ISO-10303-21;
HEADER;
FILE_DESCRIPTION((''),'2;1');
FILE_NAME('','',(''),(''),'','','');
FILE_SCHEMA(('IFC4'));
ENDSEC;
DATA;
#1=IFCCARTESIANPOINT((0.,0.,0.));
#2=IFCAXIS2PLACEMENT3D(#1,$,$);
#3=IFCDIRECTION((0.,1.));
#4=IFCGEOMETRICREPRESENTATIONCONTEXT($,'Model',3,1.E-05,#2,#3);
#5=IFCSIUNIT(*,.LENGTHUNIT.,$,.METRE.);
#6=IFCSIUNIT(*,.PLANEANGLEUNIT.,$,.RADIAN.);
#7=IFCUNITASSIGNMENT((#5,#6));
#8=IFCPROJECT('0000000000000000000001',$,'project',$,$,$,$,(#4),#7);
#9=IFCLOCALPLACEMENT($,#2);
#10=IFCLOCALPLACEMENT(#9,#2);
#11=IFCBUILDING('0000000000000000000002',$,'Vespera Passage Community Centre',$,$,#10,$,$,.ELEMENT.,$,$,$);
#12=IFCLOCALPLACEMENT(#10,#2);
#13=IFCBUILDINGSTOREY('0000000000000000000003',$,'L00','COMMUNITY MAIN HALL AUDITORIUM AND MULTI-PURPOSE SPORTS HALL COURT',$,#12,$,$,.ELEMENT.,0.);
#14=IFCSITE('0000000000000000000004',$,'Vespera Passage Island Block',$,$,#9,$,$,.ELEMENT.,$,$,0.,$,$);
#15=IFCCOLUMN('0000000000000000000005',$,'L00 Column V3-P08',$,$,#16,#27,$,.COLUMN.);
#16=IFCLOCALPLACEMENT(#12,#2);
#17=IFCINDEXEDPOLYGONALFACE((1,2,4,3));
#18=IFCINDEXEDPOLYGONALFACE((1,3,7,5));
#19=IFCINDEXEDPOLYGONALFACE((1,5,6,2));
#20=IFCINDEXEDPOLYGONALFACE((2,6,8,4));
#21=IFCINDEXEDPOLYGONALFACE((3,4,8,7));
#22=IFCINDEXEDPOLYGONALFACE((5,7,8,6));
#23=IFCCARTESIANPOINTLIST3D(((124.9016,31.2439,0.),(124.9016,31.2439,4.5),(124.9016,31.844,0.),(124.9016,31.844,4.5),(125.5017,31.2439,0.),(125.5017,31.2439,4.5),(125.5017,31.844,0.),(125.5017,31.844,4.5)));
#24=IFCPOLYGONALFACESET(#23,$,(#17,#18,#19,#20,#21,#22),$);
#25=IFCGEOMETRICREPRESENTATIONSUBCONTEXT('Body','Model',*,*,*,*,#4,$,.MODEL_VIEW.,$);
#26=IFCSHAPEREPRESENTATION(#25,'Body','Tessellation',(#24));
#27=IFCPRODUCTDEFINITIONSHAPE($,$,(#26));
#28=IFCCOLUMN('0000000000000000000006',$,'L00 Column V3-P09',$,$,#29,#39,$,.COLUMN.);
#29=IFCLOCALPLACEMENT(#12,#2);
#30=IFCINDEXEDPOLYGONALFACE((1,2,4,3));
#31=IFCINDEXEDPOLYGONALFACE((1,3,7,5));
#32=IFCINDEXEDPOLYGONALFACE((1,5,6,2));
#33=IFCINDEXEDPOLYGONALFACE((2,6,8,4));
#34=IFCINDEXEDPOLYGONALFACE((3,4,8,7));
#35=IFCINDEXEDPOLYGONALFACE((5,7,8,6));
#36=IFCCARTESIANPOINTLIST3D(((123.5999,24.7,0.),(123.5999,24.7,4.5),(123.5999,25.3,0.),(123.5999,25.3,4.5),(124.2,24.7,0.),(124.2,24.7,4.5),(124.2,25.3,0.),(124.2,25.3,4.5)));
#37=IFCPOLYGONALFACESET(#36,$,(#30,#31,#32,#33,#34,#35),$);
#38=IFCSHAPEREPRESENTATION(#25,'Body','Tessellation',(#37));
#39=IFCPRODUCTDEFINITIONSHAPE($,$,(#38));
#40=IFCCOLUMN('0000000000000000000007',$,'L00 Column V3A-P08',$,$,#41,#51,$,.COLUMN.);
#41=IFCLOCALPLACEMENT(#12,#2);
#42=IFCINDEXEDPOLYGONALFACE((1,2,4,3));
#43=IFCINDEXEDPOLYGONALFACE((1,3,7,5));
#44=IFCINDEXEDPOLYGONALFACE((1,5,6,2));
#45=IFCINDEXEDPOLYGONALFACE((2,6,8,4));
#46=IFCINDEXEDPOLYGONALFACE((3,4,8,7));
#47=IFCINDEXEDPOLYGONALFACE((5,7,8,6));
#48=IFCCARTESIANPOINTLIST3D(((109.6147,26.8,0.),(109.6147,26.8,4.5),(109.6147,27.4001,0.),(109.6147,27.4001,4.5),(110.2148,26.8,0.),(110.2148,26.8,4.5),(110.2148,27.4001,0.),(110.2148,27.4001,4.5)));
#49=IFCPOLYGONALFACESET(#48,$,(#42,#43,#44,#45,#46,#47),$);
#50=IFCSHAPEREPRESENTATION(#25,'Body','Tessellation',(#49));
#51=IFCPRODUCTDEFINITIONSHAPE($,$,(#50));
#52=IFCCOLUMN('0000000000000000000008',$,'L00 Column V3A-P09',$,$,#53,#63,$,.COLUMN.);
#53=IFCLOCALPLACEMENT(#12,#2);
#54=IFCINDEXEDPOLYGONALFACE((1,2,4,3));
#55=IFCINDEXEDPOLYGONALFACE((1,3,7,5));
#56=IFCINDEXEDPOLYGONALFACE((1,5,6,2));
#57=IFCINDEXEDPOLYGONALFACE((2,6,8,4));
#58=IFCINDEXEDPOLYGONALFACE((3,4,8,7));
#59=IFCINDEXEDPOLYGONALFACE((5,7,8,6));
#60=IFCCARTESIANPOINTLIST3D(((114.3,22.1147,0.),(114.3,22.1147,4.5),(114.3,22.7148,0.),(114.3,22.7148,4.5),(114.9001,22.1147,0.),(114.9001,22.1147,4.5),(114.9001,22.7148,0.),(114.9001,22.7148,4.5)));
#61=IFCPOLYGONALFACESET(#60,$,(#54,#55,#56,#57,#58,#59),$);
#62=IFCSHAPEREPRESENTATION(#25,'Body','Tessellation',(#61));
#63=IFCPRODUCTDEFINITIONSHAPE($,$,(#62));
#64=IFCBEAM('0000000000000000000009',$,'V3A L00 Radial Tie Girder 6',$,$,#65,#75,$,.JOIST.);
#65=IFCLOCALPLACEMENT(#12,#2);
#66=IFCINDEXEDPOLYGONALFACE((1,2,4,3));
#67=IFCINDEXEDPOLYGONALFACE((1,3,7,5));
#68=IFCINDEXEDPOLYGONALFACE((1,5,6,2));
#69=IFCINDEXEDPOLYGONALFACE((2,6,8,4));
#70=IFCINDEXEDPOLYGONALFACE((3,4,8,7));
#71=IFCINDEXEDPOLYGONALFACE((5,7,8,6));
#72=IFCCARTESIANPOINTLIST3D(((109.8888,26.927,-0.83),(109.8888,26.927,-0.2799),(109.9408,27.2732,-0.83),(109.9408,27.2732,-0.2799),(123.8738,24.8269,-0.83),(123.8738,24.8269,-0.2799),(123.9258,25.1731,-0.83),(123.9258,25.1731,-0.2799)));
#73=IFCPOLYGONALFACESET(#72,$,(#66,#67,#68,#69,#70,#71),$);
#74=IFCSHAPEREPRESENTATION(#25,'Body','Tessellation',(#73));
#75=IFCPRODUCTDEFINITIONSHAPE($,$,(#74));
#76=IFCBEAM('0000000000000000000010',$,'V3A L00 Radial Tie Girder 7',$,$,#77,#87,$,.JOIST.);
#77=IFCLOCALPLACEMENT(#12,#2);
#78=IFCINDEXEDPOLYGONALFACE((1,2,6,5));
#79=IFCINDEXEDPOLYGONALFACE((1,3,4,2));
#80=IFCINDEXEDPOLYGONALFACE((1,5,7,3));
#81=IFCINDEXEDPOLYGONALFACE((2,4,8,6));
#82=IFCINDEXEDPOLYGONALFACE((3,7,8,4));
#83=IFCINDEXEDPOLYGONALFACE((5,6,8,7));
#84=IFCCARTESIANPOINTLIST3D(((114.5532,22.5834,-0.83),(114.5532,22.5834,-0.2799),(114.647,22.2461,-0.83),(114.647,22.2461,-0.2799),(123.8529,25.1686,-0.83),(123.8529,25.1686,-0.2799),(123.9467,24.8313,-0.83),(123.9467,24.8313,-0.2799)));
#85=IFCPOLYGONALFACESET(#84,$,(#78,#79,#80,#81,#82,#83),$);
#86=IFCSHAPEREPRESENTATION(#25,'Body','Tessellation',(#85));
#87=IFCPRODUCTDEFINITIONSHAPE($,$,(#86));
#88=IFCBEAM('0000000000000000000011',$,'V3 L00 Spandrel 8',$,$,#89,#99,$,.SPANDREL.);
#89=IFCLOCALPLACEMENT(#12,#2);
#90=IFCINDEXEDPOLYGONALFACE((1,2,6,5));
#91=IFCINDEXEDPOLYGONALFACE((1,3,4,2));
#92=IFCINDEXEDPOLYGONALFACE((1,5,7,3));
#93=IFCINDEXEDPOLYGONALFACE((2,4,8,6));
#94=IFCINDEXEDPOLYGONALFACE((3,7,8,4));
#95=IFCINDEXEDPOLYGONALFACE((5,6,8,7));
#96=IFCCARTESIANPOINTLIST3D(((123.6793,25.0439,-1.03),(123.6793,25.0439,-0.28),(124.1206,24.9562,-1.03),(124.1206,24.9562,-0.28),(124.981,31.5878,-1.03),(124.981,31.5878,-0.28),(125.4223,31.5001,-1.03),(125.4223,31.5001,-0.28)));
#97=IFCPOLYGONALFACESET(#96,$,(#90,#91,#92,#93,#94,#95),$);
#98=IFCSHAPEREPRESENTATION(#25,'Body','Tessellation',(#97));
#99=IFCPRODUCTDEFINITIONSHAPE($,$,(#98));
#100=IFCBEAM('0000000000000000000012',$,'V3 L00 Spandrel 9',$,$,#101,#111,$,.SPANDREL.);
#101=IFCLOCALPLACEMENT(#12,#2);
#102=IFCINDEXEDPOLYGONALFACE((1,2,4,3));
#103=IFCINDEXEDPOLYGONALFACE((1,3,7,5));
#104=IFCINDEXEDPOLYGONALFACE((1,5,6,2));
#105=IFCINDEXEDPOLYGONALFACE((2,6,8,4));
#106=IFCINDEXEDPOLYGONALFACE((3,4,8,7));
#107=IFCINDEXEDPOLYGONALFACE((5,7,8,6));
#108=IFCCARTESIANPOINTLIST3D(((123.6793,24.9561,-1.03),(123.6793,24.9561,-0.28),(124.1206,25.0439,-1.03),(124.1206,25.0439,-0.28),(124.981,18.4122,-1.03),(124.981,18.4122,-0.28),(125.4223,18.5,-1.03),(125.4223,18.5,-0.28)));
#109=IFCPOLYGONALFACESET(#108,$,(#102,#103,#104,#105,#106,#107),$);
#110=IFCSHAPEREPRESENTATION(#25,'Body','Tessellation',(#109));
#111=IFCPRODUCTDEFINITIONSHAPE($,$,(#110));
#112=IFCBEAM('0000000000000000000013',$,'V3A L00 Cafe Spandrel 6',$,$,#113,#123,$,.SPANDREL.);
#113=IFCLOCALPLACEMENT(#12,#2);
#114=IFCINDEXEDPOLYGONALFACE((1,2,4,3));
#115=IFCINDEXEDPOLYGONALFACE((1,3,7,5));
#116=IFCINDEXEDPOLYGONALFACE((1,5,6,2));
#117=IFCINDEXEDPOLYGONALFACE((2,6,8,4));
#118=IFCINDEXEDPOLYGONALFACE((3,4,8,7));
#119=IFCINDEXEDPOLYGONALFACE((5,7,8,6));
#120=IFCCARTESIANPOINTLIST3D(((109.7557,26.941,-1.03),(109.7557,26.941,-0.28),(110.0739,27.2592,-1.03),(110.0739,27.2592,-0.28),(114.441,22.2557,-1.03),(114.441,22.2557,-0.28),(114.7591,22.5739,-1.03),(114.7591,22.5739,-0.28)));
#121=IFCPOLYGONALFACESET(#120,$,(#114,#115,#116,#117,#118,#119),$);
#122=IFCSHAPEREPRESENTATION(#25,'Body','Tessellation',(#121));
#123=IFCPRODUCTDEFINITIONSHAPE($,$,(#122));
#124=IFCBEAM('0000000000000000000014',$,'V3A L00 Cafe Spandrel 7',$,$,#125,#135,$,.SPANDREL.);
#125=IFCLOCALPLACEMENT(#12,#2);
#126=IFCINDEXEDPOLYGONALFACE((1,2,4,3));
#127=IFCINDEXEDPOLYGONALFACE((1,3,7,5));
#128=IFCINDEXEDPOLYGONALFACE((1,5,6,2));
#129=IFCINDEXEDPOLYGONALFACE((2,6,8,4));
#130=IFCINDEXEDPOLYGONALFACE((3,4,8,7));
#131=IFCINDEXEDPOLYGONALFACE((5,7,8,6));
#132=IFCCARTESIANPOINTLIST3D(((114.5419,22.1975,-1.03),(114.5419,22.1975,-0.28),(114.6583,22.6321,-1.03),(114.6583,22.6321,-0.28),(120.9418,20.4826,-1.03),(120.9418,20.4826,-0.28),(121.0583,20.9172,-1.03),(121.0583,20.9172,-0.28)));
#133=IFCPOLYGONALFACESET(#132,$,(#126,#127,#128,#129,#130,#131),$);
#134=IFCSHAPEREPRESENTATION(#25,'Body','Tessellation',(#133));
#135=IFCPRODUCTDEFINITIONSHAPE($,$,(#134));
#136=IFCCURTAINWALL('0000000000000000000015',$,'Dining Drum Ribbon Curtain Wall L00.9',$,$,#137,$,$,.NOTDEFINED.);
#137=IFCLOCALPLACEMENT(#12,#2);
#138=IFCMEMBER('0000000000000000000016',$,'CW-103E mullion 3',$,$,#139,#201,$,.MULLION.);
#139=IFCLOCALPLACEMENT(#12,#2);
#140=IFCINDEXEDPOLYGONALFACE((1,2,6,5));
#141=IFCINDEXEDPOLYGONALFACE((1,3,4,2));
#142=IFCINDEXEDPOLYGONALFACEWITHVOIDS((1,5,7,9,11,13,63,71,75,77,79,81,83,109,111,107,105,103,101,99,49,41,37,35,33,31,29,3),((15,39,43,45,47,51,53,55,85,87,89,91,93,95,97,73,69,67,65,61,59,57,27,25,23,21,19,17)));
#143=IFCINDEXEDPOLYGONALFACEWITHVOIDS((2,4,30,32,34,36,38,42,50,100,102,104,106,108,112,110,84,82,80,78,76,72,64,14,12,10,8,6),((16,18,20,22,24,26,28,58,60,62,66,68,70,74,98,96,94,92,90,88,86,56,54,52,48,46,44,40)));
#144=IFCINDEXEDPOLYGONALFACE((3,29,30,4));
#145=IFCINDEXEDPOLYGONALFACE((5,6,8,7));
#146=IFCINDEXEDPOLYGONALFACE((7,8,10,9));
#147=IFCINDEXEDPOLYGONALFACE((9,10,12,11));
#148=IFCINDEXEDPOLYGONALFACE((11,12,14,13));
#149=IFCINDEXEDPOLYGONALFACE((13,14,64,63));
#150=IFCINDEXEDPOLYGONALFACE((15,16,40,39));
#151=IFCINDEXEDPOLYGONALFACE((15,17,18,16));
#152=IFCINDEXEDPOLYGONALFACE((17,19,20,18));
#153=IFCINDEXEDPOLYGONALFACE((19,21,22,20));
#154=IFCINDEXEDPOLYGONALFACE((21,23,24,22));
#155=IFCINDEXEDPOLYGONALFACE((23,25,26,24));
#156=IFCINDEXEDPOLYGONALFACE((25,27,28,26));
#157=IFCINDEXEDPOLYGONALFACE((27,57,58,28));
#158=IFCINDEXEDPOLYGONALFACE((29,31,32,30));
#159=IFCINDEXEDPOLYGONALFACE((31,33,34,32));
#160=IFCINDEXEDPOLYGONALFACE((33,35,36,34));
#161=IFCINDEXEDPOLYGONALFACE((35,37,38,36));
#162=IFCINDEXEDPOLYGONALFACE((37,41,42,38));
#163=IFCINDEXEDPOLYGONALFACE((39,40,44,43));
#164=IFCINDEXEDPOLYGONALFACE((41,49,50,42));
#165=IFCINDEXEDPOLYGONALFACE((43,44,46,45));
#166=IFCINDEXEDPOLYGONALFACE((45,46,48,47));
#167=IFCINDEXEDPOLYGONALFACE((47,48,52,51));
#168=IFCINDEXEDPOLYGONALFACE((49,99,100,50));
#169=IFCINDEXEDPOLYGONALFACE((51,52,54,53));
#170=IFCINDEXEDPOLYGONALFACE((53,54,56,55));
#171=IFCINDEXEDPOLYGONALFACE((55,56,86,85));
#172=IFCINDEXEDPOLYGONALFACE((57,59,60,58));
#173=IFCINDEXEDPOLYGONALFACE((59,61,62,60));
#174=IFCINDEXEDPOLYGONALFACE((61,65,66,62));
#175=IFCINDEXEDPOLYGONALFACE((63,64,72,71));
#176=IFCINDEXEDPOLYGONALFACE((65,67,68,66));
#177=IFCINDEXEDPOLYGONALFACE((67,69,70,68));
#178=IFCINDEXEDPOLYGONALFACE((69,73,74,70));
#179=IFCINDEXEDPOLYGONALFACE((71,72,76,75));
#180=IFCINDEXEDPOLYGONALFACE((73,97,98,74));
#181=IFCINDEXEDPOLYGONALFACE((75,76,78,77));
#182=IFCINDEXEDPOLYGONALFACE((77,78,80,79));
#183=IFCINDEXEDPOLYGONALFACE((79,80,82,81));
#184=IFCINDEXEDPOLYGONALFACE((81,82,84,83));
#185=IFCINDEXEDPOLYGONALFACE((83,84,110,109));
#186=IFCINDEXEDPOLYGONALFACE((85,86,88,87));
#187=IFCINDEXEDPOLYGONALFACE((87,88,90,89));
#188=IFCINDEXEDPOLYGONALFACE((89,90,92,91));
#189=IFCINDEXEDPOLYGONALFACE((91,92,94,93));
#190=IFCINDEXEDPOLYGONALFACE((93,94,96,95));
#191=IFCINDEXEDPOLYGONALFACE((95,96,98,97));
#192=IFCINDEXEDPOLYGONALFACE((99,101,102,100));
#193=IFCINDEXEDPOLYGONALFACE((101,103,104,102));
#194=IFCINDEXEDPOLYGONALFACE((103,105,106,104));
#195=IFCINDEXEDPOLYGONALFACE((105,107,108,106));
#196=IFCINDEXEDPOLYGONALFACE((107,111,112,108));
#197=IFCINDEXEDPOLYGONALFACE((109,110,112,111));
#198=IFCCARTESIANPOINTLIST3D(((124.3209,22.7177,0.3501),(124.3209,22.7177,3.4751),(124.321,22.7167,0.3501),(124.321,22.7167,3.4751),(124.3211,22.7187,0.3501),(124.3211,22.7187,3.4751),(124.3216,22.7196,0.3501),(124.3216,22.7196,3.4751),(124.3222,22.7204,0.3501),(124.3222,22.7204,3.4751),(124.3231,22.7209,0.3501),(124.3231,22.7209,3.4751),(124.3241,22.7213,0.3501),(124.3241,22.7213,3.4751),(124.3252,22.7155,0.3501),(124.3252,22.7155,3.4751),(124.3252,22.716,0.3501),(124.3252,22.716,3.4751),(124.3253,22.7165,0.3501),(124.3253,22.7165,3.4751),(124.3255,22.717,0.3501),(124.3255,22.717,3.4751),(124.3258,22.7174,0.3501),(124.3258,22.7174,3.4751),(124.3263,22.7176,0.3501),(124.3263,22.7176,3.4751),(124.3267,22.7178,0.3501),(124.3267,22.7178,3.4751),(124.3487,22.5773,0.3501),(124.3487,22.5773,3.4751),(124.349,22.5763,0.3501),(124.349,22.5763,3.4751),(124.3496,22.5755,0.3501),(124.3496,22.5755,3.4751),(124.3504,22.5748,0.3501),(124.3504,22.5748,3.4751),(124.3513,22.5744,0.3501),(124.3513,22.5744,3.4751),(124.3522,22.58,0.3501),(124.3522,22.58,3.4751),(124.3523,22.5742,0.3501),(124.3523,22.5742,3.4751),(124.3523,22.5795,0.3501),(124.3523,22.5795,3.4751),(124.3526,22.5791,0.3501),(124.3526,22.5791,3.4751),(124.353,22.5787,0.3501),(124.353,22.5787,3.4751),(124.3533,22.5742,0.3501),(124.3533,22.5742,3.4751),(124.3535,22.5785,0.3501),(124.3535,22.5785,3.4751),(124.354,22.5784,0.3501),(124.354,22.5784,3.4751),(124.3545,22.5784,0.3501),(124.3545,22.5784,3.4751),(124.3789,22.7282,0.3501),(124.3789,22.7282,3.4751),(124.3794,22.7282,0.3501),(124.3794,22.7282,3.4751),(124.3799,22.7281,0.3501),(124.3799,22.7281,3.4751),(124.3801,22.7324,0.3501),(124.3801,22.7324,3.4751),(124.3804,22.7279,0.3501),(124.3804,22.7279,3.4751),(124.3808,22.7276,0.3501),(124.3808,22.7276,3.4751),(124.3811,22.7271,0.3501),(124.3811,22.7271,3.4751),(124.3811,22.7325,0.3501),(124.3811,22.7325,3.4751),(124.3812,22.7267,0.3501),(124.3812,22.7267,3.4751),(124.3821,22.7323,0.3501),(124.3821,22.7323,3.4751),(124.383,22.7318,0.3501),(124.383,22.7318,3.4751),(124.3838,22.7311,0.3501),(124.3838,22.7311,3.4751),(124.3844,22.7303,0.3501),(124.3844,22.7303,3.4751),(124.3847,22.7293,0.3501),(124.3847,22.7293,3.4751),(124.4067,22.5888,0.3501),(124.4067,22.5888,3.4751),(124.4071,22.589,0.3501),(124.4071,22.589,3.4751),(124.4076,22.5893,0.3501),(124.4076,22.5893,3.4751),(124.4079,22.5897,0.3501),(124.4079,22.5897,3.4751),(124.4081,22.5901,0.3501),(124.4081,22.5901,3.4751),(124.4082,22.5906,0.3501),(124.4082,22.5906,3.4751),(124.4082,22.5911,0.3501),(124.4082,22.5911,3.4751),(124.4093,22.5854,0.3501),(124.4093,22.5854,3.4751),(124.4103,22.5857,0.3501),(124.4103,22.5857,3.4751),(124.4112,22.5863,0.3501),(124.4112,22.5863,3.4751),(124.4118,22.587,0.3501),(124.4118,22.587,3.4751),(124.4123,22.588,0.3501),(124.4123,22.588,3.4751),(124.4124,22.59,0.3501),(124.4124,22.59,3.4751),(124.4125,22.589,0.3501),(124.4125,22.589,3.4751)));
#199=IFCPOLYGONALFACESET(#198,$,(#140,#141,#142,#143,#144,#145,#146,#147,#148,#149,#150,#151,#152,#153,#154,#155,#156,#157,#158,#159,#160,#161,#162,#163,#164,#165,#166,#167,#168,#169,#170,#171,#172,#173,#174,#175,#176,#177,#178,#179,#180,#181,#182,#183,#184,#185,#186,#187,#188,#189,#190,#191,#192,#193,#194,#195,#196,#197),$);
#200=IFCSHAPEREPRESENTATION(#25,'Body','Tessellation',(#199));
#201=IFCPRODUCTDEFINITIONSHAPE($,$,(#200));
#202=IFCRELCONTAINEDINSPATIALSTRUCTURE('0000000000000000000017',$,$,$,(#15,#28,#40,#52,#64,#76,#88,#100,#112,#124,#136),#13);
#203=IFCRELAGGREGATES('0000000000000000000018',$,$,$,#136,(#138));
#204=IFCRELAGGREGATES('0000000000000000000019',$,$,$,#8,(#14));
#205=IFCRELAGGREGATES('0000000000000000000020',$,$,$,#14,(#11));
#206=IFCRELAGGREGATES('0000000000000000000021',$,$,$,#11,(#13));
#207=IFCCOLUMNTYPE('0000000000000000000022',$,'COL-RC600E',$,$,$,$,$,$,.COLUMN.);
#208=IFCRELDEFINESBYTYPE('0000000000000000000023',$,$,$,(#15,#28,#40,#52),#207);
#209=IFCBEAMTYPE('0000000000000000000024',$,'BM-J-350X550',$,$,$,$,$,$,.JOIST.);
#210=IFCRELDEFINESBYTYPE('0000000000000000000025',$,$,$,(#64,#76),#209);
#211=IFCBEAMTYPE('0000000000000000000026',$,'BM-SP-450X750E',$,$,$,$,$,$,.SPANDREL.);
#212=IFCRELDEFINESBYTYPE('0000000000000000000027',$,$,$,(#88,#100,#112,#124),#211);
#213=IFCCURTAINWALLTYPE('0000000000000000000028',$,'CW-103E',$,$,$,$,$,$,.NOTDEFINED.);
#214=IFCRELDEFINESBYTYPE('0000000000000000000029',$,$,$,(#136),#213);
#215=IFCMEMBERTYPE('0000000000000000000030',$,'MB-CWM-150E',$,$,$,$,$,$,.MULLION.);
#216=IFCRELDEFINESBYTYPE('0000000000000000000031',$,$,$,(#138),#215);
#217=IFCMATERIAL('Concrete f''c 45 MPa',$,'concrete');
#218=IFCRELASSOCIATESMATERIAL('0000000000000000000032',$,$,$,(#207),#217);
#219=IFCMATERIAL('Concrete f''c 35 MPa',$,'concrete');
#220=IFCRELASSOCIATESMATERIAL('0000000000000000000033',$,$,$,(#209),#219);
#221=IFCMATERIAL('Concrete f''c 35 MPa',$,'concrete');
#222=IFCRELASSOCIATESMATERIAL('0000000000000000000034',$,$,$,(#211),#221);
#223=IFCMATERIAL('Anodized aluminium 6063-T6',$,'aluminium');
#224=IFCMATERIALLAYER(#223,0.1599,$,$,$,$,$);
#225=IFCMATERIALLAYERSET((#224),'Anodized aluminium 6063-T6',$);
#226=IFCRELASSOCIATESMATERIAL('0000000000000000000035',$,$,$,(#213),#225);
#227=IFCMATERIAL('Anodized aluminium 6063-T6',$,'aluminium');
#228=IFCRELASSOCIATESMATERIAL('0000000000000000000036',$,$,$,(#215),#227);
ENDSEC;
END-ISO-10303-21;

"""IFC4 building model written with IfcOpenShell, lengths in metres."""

from ifc_helpers import new_model, si_unit, direction, frame, origin, origin_2d, place, context, subcontext, project, spatial, rectangle, hollow_rectangle, extrude, material, layer, layer_set, material_profile, profile_set, type_object, element, aggregate, save


model = new_model("IFC4")

# Units and contexts
model_context = context("Model", 3, precision=1e-05, world=origin(), true_north=direction((0.0, 1.0)))
body_context = subcontext(model_context, "Body", "Model", "MODEL_VIEW")
ifc_project = project(units=[si_unit("LENGTHUNIT", "METRE"), si_unit("PLANEANGLEUNIT", "RADIAN")], contexts=[model_context])

# Site, building, storey
site_placement = place(None, origin())
site = spatial("IfcSite", under=ifc_project, at=site_placement, Name="Vespera Passage Island Block", CompositionType="ELEMENT", RefElevation=0.0)
building_placement = place(site_placement, origin())
building = spatial("IfcBuilding", under=site, at=building_placement, Name="Vespera Passage Community Centre", CompositionType="ELEMENT")
storey_placement = place(building_placement, origin())
storey = spatial("IfcBuildingStorey", under=building, at=storey_placement, Name="L00", Description="COMMUNITY MAIN HALL AUDITORIUM AND MULTI-PURPOSE SPORTS HALL COURT", CompositionType="ELEMENT", Elevation=0.0)

# Columns
ifc_material_1 = material(Name="Concrete f'c 45 MPa", Category="concrete")
ifc_material_profile_1 = material_profile(ifc_material_1, rectangle(XDim=0.6001, YDim=0.6001, at=origin_2d()), Name="RC600X600")
ifc_profile_set_1 = profile_set([ifc_material_profile_1], Name="Concrete f'c 45 MPa")
column_type = type_object("IfcColumnType", Name="COL-RC600E", PredefinedType="COLUMN", material=ifc_profile_set_1)
for number, where, z_axis, x_axis, name in (
    (1, (125.2017, 31.5439, 0.0), (0.0, 0.0, 1.0), (1.0, 0.0, 0.0), "L00 Column V3-P08"),
    (2, (123.8999, 25.0, 0.0), (0.0, 0.0, 1.0), (1.0, 0.0, 0.0), "L00 Column V3-P09"),
    (3, (109.9148, 27.1001, 0.0), (0.0, 0.0, 1.0), (1.0, 0.0, 0.0), "L00 Column V3A-P08"),
    (4, (114.6001, 22.4148, 0.0), (0.0, 0.0, 1.0), (1.0, 0.0, 0.0), "L00 Column V3A-P09"),
):
    element("IfcColumn", number, at=place(storey_placement, frame(where, z_axis=z_axis, x_axis=x_axis)), inside=storey, type_object=column_type, Name=name, PredefinedType="COLUMN", context=body_context, shape_type="SweptSolid", body=[
        extrude(rectangle(XDim=0.6001, YDim=0.6001, at=origin_2d()), origin(), (0.0, 0.0, 1.0), 4.5),
    ])

# Beams
ifc_material_2 = material(Name="Concrete f'c 35 MPa", Category="concrete")
ifc_material_profile_2 = material_profile(ifc_material_2, rectangle(XDim=0.3501, YDim=0.55, at=origin_2d()), Name="RC350X550")
ifc_profile_set_2 = profile_set([ifc_material_profile_2], Name="Concrete f'c 35 MPa")
beam_type_1 = type_object("IfcBeamType", Name="BM-J-350X550", PredefinedType="JOIST", material=ifc_profile_set_2)
beam_1_placement = place(storey_placement, frame((109.9148, 27.1001, -0.5549), z_axis=(0.988912, -0.148502, 0.0), x_axis=(0.148502, 0.988912, 0.0)))
element("IfcBeam", 5, at=beam_1_placement, inside=storey, type_object=beam_type_1, Name="V3A L00 Radial Tie Girder 6", PredefinedType="JOIST", context=body_context, shape_type="SweptSolid", body=[
    extrude(rectangle(XDim=0.3501, YDim=0.55, at=origin_2d()), origin(), (0.0, 0.0, 1.0), 14.1418),
])
beam_2_placement = place(storey_placement, frame((114.6001, 22.4148, -0.5549), z_axis=(0.963466, 0.267829, 0.0), x_axis=(-0.267829, 0.963466, 0.0)))
element("IfcBeam", 6, at=beam_2_placement, inside=storey, type_object=beam_type_1, Name="V3A L00 Radial Tie Girder 7", PredefinedType="JOIST", context=body_context, shape_type="SweptSolid", body=[
    extrude(rectangle(XDim=0.3501, YDim=0.55, at=origin_2d()), origin(), (0.0, 0.0, 1.0), 9.6523),
])
ifc_material_3 = material(Name="Concrete f'c 35 MPa", Category="concrete")
ifc_material_profile_3 = material_profile(ifc_material_3, rectangle(XDim=0.45, YDim=0.75, at=origin_2d()), Name="RC450X750")
ifc_profile_set_3 = profile_set([ifc_material_profile_3], Name="Concrete f'c 35 MPa")
beam_type_2 = type_object("IfcBeamType", Name="BM-SP-450X750E", PredefinedType="SPANDREL", material=ifc_profile_set_3)
for number, where, z_axis, x_axis, name in (
    (7, (125.2017, 31.5439, -0.655), (-0.195103, -0.980783, 0.0), (0.980783, -0.195103, 0.0), "V3 L00 Spandrel 8"),
    (8, (123.8999, 25.0, -0.655), (0.195103, -0.980783, 0.0), (0.980783, 0.195103, 0.0), "V3 L00 Spandrel 9"),
):
    element("IfcBeam", number, at=place(storey_placement, frame(where, z_axis=z_axis, x_axis=x_axis)), inside=storey, type_object=beam_type_2, Name=name, PredefinedType="SPANDREL", context=body_context, shape_type="SweptSolid", body=[
        extrude(rectangle(XDim=0.45, YDim=0.75, at=origin_2d()), origin(), (0.0, 0.0, 1.0), 6.6721),
    ])
beam_3_placement = place(storey_placement, frame((109.9148, 27.1001, -0.655), z_axis=(0.707107, -0.707107, 0.0), x_axis=(0.707107, 0.707107, 0.0)))
element("IfcBeam", 9, at=beam_3_placement, inside=storey, type_object=beam_type_2, Name="V3A L00 Cafe Spandrel 6", PredefinedType="SPANDREL", context=body_context, shape_type="SweptSolid", body=[
    extrude(rectangle(XDim=0.45, YDim=0.75, at=origin_2d()), origin(), (0.0, 0.0, 1.0), 6.626),
])
beam_4_placement = place(storey_placement, frame((114.6001, 22.4148, -0.655), z_axis=(0.965926, -0.258818, 0.0), x_axis=(0.258818, 0.965926, 0.0)))
element("IfcBeam", 10, at=beam_4_placement, inside=storey, type_object=beam_type_2, Name="V3A L00 Cafe Spandrel 7", PredefinedType="SPANDREL", context=body_context, shape_type="SweptSolid", body=[
    extrude(rectangle(XDim=0.45, YDim=0.75, at=origin_2d()), origin(), (0.0, 0.0, 1.0), 6.6257),
])

# Curtain wall, member
ifc_material_4 = material(Name="Anodized aluminium 6063-T6", Category="aluminium")
ifc_layer_1 = layer(ifc_material_4, 0.1599)
ifc_layer_set_1 = layer_set([ifc_layer_1], Name="Anodized aluminium 6063-T6")
curtain_wall_type_1 = type_object("IfcCurtainWallType", Name="CW-103E", PredefinedType="NOTDEFINED", material=ifc_layer_set_1)
curtain_wall_1_placement = place(storey_placement, origin())
curtain_wall_1 = element("IfcCurtainWall", 11, at=curtain_wall_1_placement, inside=storey, type_object=curtain_wall_type_1, Name="Dining Drum Ribbon Curtain Wall L00.9", PredefinedType="NOTDEFINED")
ifc_material_5 = material(Name="Anodized aluminium 6063-T6", Category="aluminium")
ifc_material_profile_4 = material_profile(ifc_material_5, hollow_rectangle(XDim=0.0649, YDim=0.1499, WallThickness=0.0039, InnerFilletRadius=0.002, OuterFilletRadius=0.0039, at=origin_2d()), Name="ALU150X65X4")
ifc_profile_set_4 = profile_set([ifc_material_profile_4], Name="Anodized aluminium 6063-T6")
member_type_1 = type_object("IfcMemberType", Name="MB-CWM-150E", PredefinedType="MULLION", material=ifc_profile_set_4)
member_1_placement = place(storey_placement, frame((124.3667, 22.6533, 0.3501), z_axis=(0.0, 0.0, 1.0), x_axis=(-0.980784, -0.195097, 0.0)))
member_1 = element("IfcMember", 12, at=member_1_placement, type_object=member_type_1, Name="CW-103E mullion 3", PredefinedType="MULLION", context=body_context, shape_type="SweptSolid", body=[
    extrude(hollow_rectangle(XDim=0.0649, YDim=0.1499, WallThickness=0.0039, InnerFilletRadius=0.002, OuterFilletRadius=0.0039, at=origin_2d()), origin(), (0.0, 0.0, 1.0), 3.125),
])

aggregate(curtain_wall_1, [member_1])

save(model, "model.ifc")
